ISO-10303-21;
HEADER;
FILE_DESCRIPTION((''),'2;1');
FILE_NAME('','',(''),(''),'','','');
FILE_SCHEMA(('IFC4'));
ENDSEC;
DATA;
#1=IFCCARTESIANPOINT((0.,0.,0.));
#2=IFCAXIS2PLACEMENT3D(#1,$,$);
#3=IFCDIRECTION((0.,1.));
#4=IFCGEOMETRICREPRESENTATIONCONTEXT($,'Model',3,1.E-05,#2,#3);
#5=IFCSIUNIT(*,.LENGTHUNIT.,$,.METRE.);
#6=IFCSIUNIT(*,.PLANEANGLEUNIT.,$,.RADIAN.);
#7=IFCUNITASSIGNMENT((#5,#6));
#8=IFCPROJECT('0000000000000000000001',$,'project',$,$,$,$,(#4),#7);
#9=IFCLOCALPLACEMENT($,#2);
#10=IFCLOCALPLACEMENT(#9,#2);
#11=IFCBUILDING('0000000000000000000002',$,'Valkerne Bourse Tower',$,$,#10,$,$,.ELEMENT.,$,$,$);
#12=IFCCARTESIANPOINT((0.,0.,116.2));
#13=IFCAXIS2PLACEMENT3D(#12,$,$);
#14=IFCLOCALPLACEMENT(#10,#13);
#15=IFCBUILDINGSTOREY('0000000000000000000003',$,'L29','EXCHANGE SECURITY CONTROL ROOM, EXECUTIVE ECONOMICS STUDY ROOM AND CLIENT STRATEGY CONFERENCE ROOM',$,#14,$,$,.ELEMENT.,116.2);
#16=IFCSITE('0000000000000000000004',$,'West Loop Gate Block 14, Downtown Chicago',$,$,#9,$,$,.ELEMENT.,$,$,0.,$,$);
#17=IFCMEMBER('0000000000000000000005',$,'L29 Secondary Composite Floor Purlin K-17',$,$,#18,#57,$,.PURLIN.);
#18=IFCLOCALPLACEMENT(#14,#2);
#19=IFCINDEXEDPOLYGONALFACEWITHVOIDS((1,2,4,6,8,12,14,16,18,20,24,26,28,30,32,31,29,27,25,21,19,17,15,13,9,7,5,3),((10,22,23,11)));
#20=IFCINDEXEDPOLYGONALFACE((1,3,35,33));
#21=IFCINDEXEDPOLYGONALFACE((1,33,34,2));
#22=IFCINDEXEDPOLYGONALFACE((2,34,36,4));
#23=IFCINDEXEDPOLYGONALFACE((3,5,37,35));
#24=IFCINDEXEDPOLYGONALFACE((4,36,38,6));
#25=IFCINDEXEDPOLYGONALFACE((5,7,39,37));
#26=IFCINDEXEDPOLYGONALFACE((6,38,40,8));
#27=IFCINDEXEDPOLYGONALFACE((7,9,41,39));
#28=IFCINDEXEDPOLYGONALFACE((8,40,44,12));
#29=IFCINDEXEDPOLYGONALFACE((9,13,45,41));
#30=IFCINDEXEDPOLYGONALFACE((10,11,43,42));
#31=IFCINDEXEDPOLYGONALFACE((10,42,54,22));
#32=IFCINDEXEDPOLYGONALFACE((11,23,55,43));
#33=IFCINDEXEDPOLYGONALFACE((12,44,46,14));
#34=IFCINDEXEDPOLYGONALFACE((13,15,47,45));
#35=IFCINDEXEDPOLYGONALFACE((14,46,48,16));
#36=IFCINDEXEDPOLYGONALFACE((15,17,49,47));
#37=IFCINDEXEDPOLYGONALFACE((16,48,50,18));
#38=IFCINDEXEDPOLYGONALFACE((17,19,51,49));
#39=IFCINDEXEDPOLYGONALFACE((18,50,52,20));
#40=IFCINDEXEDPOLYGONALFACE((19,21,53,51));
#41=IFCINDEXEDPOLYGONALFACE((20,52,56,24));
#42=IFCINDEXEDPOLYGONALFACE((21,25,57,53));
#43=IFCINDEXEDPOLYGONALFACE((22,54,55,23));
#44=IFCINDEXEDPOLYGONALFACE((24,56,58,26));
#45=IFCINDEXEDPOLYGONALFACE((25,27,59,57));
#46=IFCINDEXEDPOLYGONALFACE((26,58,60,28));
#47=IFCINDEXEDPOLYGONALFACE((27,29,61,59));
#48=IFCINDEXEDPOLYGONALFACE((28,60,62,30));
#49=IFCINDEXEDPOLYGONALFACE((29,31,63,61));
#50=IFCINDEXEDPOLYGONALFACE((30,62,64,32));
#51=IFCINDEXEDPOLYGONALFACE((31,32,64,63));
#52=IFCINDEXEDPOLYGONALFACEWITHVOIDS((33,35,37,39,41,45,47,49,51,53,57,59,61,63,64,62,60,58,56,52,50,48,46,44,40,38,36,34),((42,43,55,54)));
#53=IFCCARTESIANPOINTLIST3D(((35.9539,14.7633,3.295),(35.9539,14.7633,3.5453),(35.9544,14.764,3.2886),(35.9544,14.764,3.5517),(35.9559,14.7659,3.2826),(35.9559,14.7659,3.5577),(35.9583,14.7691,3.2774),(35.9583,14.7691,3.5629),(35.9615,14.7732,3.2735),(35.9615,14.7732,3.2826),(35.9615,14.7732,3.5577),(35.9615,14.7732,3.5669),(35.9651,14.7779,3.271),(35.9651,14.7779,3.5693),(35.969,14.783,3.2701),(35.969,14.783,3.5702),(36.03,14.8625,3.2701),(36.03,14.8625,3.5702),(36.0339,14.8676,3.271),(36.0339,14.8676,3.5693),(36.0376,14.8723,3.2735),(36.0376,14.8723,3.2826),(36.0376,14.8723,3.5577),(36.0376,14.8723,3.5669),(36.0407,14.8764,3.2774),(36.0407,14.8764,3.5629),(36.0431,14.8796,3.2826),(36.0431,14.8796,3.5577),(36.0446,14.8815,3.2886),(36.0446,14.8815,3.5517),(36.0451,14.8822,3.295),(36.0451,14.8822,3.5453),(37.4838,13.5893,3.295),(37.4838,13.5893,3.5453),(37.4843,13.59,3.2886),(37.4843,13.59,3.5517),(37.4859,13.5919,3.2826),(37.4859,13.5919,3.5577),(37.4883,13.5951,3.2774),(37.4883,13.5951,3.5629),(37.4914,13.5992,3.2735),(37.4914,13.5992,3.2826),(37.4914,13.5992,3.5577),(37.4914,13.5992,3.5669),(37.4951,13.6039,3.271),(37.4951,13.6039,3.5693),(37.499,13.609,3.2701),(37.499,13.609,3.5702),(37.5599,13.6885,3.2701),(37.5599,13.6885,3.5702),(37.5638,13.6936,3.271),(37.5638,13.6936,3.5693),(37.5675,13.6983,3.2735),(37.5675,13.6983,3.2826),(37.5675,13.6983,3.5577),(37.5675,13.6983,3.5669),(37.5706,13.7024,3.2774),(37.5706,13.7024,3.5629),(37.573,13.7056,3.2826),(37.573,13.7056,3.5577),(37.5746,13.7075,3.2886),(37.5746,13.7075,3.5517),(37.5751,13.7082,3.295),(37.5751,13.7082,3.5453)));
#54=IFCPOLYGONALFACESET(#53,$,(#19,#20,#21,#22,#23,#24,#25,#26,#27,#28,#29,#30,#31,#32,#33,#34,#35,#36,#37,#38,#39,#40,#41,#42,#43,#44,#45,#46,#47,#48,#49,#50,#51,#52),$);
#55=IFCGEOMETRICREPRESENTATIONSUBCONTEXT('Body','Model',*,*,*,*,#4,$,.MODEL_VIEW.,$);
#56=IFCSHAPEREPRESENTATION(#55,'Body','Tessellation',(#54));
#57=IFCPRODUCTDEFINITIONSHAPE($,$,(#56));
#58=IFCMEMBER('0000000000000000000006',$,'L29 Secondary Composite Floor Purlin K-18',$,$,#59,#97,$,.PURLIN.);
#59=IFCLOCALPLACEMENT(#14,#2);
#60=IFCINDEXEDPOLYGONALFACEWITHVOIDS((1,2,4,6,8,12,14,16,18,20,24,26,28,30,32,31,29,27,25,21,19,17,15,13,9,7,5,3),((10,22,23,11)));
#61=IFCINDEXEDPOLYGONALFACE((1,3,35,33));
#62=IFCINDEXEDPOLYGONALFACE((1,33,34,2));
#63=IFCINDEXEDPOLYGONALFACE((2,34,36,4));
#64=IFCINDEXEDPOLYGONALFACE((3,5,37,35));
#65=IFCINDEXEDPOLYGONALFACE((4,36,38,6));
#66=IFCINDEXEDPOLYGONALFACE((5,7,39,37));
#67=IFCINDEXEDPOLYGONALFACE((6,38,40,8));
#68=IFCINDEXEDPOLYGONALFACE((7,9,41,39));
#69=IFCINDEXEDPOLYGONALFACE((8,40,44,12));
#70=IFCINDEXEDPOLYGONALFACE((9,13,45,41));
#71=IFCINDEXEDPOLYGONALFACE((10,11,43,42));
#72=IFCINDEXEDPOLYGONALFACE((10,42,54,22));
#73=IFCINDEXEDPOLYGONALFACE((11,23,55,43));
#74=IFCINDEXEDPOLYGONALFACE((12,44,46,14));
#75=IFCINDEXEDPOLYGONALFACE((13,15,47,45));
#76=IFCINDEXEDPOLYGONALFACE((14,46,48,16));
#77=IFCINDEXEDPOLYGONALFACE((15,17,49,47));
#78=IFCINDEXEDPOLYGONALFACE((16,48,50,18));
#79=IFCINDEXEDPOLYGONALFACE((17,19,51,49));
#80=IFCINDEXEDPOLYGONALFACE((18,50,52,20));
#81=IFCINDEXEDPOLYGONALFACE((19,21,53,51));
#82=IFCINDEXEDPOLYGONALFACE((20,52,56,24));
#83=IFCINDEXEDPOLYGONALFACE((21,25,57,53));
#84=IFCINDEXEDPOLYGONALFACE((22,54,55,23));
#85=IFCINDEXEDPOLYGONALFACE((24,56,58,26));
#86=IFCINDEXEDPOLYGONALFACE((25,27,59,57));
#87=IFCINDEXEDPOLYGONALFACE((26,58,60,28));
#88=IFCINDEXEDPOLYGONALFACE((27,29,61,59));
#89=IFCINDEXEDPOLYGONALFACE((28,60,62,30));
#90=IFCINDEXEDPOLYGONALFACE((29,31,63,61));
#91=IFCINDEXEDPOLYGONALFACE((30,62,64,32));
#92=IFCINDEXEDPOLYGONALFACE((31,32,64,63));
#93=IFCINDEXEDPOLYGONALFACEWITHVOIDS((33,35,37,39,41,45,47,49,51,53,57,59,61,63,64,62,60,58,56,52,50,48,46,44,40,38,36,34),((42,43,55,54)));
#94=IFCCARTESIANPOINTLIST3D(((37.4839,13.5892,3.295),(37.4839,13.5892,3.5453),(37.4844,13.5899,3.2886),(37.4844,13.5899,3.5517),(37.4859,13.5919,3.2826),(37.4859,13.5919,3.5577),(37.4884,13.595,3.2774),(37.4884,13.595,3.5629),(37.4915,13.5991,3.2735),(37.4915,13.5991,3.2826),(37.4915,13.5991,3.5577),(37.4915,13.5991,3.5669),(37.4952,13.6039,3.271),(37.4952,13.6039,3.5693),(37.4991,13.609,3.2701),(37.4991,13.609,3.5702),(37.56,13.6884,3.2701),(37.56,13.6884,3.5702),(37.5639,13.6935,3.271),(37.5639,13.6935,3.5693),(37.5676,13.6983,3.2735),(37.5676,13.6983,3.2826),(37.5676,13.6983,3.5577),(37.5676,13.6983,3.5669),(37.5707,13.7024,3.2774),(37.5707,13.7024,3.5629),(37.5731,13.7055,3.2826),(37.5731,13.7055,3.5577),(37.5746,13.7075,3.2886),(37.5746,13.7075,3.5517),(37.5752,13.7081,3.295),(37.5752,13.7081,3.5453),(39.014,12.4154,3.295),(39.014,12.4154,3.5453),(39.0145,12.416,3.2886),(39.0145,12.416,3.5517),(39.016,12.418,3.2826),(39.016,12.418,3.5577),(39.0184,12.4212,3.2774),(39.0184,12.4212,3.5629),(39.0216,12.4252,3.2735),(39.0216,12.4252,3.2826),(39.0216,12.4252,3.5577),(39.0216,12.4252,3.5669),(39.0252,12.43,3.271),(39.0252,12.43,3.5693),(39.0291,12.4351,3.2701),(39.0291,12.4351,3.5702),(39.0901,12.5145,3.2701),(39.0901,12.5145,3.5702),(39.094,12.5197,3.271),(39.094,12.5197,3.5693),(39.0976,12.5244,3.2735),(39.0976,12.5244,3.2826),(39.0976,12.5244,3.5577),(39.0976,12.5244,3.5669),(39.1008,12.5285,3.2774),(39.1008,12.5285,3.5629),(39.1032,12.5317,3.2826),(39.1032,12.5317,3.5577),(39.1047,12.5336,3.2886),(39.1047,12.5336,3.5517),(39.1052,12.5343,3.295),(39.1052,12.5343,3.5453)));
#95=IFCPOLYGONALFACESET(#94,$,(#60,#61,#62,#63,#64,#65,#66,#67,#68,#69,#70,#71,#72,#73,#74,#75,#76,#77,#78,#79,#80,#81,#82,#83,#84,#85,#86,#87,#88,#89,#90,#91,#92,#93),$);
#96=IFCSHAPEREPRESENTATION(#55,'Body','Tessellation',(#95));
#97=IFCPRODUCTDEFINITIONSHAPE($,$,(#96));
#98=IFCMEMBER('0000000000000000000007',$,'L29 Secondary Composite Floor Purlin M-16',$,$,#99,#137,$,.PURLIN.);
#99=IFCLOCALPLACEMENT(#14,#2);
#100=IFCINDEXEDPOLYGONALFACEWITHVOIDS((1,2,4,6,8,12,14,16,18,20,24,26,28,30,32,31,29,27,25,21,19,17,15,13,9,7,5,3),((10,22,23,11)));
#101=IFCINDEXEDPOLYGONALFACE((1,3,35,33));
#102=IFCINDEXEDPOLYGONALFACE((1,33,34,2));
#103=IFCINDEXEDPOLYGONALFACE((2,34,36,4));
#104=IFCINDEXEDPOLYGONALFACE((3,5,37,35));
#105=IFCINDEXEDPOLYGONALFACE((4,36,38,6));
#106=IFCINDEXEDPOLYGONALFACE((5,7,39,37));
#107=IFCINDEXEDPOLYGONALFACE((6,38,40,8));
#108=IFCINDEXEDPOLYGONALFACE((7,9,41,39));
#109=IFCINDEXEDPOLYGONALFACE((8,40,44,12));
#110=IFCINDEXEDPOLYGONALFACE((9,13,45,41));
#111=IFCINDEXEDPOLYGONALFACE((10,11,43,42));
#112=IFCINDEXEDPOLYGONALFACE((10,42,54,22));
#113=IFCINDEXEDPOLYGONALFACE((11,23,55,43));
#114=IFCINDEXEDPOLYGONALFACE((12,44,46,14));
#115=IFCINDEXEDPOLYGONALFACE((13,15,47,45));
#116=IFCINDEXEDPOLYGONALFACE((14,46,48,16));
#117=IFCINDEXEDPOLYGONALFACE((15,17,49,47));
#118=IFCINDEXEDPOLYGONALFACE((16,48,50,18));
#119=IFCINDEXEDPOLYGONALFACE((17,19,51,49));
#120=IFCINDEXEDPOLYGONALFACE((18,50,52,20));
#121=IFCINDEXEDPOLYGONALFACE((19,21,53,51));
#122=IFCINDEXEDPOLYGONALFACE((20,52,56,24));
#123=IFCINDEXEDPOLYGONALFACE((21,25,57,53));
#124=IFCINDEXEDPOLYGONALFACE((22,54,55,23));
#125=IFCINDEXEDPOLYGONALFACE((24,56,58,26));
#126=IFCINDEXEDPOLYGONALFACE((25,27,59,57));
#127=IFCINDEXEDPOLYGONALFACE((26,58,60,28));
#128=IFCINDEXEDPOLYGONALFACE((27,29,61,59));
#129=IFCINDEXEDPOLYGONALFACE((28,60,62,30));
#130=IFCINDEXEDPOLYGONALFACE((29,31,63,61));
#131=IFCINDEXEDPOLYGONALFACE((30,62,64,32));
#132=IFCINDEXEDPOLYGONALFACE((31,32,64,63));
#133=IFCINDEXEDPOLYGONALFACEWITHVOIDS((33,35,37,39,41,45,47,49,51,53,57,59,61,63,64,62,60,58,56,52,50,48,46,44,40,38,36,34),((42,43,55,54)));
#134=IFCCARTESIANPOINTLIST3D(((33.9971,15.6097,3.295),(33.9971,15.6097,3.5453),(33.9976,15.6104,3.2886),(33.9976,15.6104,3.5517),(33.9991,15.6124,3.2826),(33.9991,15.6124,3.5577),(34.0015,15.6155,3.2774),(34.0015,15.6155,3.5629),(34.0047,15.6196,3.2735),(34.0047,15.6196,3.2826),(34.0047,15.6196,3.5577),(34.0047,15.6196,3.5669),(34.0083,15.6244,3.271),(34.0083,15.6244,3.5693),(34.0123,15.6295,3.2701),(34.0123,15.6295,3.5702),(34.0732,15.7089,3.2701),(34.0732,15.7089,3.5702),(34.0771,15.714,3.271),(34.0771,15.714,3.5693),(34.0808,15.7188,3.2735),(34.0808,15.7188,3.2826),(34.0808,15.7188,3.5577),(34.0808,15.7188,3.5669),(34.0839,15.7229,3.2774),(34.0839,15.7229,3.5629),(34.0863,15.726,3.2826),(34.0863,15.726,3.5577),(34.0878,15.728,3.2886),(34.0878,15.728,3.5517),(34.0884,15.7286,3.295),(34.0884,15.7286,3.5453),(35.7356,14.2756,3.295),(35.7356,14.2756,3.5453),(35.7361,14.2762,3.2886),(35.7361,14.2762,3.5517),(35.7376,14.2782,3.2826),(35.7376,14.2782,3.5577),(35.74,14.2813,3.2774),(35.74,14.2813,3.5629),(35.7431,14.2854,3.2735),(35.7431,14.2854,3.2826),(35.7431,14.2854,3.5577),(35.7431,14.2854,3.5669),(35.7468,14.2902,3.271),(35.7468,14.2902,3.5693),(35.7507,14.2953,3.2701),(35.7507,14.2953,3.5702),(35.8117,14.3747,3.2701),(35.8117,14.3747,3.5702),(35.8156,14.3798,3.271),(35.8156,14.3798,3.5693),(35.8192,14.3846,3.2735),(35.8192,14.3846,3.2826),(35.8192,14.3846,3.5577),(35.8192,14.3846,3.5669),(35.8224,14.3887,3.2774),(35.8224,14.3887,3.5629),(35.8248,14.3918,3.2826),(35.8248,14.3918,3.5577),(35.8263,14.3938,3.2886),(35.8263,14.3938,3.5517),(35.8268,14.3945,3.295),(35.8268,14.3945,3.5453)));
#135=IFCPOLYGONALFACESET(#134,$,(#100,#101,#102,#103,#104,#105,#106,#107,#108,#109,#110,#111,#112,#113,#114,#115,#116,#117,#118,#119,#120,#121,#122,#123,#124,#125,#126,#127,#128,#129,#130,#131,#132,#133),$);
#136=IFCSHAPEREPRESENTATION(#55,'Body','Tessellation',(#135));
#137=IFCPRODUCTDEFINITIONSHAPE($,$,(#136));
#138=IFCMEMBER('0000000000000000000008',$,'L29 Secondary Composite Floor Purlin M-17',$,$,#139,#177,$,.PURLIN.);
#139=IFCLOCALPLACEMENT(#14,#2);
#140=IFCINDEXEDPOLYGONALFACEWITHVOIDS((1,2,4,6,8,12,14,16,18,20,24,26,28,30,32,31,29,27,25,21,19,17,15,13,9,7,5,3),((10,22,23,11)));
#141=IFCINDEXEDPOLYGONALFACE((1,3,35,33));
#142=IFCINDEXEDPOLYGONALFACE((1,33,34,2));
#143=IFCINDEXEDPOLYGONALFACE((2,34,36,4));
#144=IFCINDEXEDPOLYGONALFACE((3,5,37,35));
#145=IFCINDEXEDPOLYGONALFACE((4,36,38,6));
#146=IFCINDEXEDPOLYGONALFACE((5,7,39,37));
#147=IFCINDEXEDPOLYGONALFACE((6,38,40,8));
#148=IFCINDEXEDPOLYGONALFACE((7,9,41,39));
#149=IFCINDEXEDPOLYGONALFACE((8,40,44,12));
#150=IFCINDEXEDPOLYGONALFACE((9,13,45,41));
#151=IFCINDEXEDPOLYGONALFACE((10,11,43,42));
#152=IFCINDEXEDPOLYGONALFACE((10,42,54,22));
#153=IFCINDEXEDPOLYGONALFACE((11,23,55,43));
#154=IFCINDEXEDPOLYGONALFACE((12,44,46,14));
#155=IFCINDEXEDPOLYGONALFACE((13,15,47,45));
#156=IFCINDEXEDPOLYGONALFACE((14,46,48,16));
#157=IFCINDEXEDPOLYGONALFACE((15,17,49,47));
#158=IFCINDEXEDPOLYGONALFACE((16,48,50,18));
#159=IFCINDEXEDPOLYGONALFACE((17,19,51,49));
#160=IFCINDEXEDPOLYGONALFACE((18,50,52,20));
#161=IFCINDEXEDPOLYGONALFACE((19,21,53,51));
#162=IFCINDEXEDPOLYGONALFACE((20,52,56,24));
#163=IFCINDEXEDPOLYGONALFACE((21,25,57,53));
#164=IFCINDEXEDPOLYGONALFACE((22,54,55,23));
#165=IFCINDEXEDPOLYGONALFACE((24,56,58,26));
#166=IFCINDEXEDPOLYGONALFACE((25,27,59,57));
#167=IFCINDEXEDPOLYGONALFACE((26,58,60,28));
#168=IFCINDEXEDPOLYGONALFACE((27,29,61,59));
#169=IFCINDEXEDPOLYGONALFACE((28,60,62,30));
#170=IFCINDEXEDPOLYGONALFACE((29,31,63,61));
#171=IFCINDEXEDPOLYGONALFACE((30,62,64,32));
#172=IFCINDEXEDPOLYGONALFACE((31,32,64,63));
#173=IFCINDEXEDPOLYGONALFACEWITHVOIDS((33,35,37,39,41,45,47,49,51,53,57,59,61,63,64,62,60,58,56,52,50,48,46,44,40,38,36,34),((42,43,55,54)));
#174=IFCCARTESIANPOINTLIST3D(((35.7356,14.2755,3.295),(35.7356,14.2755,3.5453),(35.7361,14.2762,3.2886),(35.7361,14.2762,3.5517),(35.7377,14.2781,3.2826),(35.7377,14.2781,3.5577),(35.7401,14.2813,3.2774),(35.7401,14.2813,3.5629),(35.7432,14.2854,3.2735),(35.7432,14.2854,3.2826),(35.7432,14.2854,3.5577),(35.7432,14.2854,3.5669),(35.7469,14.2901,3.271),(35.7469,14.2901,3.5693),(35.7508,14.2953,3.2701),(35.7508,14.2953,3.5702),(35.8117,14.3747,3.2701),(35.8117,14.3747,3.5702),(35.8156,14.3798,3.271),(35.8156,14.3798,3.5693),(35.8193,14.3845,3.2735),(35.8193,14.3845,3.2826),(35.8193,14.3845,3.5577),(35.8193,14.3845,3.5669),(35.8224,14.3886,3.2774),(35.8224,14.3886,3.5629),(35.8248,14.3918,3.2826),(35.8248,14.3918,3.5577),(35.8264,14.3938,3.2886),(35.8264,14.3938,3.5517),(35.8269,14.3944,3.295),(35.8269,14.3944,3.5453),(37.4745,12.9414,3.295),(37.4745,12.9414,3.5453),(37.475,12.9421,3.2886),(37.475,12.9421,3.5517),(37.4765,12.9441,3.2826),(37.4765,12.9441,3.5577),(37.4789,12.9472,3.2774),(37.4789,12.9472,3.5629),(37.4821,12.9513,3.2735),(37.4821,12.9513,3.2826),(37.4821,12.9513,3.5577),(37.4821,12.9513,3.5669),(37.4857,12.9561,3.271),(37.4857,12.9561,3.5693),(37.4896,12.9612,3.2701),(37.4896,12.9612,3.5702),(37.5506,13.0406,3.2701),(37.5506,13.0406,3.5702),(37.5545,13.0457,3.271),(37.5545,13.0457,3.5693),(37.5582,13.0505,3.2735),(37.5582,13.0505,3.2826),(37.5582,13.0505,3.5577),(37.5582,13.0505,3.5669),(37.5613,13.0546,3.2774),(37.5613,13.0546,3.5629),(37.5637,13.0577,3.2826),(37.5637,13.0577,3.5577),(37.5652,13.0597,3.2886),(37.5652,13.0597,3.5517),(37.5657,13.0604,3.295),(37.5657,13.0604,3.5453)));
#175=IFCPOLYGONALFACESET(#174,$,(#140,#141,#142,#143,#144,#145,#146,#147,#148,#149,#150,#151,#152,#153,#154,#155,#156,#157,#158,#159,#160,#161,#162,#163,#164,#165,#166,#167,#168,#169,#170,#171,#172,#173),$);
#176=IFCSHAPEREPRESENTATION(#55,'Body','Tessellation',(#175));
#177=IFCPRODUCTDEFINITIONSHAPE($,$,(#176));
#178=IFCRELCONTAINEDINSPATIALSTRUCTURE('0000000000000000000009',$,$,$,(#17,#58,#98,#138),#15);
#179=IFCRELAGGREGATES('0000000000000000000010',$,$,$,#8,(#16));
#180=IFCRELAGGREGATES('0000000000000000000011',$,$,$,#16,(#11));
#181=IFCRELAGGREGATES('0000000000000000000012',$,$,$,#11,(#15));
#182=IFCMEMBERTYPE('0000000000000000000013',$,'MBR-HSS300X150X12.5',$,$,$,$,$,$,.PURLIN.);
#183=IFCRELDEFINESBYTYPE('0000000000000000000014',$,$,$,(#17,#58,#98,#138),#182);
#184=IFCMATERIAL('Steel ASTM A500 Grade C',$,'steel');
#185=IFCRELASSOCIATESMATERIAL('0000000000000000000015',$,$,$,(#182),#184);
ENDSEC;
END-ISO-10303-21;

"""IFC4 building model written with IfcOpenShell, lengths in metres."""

from ifc_helpers import new_model, si_unit, direction, frame, origin, origin_2d, place, context, subcontext, project, spatial, hollow_rectangle, extrude, material, material_profile, profile_set, type_object, element, save


model = new_model("IFC4")

# Units and contexts
model_context = context("Model", 3, precision=1e-05, world=origin(), true_north=direction((0.0, 1.0)))
body_context = subcontext(model_context, "Body", "Model", "MODEL_VIEW")
ifc_project = project(units=[si_unit("LENGTHUNIT", "METRE"), si_unit("PLANEANGLEUNIT", "RADIAN")], contexts=[model_context])

# Site, building, storey
site_placement = place(None, origin())
site = spatial("IfcSite", under=ifc_project, at=site_placement, Name="West Loop Gate Block 14, Downtown Chicago", CompositionType="ELEMENT", RefElevation=0.0)
building_placement = place(site_placement, origin())
building = spatial("IfcBuilding", under=site, at=building_placement, Name="Valkerne Bourse Tower", CompositionType="ELEMENT")
storey_placement = place(building_placement, frame((0.0, 0.0, 116.2)))
storey = spatial("IfcBuildingStorey", under=building, at=storey_placement, Name="L29", Description="EXCHANGE SECURITY CONTROL ROOM, EXECUTIVE ECONOMICS STUDY ROOM AND CLIENT STRATEGY CONFERENCE ROOM", CompositionType="ELEMENT", Elevation=116.2)

# Members
ifc_material_1 = material(Name="Steel ASTM A500 Grade C", Category="steel")
ifc_material_profile_1 = material_profile(ifc_material_1, hollow_rectangle(XDim=0.1499, YDim=0.3, WallThickness=0.0125, OuterFilletRadius=0.0249, at=origin_2d()), Name="HSS300X150X12.5")
ifc_profile_set_1 = profile_set([ifc_material_profile_1], Name="Steel ASTM A500 Grade C")
member_type_1 = type_object("IfcMemberType", Name="MBR-HSS300X150X12.5", PredefinedType="PURLIN", material=ifc_profile_set_1)
for number, where, z_axis, x_axis, name in (
    (1, (35.9995, 14.8228, 3.4202), (0.793343, -0.608774, 0.0), (0.608774, 0.793343, 0.0), "L29 Secondary Composite Floor Purlin K-17"),
    (2, (37.5295, 13.6487, 3.4202), (0.793405, -0.608695, 0.0), (0.608695, 0.793405, 0.0), "L29 Secondary Composite Floor Purlin K-18"),
):
    element("IfcMember", number, at=place(storey_placement, frame(where, z_axis=z_axis, x_axis=x_axis)), inside=storey, type_object=member_type_1, Name=name, PredefinedType="PURLIN", context=body_context, shape_type="SweptSolid", body=[
        extrude(hollow_rectangle(XDim=0.1499, YDim=0.3, WallThickness=0.0125, OuterFilletRadius=0.0249, at=origin_2d()), origin(), (0.0, 0.0, 1.0), 1.9285),
    ])
member_1_placement = place(storey_placement, frame((34.0427, 15.6692, 3.4202), z_axis=(0.793307, -0.608822, 0.0), x_axis=(0.608822, 0.793307, 0.0)))
element("IfcMember", 3, at=member_1_placement, inside=storey, type_object=member_type_1, Name="L29 Secondary Composite Floor Purlin M-16", PredefinedType="PURLIN", context=body_context, shape_type="SweptSolid", body=[
    extrude(hollow_rectangle(XDim=0.1499, YDim=0.3, WallThickness=0.0125, OuterFilletRadius=0.0249, at=origin_2d()), origin(), (0.0, 0.0, 1.0), 2.1914),
])
member_2_placement = place(storey_placement, frame((35.7812, 14.335, 3.4202), z_axis=(0.793402, -0.608698, 0.0), x_axis=(0.608698, 0.793402, 0.0)))
element("IfcMember", 4, at=member_2_placement, inside=storey, type_object=member_type_1, Name="L29 Secondary Composite Floor Purlin M-17", PredefinedType="PURLIN", context=body_context, shape_type="SweptSolid", body=[
    extrude(hollow_rectangle(XDim=0.1499, YDim=0.3, WallThickness=0.0125, OuterFilletRadius=0.0249, at=origin_2d()), origin(), (0.0, 0.0, 1.0), 2.1917),
])

save(model, "model.ifc")
